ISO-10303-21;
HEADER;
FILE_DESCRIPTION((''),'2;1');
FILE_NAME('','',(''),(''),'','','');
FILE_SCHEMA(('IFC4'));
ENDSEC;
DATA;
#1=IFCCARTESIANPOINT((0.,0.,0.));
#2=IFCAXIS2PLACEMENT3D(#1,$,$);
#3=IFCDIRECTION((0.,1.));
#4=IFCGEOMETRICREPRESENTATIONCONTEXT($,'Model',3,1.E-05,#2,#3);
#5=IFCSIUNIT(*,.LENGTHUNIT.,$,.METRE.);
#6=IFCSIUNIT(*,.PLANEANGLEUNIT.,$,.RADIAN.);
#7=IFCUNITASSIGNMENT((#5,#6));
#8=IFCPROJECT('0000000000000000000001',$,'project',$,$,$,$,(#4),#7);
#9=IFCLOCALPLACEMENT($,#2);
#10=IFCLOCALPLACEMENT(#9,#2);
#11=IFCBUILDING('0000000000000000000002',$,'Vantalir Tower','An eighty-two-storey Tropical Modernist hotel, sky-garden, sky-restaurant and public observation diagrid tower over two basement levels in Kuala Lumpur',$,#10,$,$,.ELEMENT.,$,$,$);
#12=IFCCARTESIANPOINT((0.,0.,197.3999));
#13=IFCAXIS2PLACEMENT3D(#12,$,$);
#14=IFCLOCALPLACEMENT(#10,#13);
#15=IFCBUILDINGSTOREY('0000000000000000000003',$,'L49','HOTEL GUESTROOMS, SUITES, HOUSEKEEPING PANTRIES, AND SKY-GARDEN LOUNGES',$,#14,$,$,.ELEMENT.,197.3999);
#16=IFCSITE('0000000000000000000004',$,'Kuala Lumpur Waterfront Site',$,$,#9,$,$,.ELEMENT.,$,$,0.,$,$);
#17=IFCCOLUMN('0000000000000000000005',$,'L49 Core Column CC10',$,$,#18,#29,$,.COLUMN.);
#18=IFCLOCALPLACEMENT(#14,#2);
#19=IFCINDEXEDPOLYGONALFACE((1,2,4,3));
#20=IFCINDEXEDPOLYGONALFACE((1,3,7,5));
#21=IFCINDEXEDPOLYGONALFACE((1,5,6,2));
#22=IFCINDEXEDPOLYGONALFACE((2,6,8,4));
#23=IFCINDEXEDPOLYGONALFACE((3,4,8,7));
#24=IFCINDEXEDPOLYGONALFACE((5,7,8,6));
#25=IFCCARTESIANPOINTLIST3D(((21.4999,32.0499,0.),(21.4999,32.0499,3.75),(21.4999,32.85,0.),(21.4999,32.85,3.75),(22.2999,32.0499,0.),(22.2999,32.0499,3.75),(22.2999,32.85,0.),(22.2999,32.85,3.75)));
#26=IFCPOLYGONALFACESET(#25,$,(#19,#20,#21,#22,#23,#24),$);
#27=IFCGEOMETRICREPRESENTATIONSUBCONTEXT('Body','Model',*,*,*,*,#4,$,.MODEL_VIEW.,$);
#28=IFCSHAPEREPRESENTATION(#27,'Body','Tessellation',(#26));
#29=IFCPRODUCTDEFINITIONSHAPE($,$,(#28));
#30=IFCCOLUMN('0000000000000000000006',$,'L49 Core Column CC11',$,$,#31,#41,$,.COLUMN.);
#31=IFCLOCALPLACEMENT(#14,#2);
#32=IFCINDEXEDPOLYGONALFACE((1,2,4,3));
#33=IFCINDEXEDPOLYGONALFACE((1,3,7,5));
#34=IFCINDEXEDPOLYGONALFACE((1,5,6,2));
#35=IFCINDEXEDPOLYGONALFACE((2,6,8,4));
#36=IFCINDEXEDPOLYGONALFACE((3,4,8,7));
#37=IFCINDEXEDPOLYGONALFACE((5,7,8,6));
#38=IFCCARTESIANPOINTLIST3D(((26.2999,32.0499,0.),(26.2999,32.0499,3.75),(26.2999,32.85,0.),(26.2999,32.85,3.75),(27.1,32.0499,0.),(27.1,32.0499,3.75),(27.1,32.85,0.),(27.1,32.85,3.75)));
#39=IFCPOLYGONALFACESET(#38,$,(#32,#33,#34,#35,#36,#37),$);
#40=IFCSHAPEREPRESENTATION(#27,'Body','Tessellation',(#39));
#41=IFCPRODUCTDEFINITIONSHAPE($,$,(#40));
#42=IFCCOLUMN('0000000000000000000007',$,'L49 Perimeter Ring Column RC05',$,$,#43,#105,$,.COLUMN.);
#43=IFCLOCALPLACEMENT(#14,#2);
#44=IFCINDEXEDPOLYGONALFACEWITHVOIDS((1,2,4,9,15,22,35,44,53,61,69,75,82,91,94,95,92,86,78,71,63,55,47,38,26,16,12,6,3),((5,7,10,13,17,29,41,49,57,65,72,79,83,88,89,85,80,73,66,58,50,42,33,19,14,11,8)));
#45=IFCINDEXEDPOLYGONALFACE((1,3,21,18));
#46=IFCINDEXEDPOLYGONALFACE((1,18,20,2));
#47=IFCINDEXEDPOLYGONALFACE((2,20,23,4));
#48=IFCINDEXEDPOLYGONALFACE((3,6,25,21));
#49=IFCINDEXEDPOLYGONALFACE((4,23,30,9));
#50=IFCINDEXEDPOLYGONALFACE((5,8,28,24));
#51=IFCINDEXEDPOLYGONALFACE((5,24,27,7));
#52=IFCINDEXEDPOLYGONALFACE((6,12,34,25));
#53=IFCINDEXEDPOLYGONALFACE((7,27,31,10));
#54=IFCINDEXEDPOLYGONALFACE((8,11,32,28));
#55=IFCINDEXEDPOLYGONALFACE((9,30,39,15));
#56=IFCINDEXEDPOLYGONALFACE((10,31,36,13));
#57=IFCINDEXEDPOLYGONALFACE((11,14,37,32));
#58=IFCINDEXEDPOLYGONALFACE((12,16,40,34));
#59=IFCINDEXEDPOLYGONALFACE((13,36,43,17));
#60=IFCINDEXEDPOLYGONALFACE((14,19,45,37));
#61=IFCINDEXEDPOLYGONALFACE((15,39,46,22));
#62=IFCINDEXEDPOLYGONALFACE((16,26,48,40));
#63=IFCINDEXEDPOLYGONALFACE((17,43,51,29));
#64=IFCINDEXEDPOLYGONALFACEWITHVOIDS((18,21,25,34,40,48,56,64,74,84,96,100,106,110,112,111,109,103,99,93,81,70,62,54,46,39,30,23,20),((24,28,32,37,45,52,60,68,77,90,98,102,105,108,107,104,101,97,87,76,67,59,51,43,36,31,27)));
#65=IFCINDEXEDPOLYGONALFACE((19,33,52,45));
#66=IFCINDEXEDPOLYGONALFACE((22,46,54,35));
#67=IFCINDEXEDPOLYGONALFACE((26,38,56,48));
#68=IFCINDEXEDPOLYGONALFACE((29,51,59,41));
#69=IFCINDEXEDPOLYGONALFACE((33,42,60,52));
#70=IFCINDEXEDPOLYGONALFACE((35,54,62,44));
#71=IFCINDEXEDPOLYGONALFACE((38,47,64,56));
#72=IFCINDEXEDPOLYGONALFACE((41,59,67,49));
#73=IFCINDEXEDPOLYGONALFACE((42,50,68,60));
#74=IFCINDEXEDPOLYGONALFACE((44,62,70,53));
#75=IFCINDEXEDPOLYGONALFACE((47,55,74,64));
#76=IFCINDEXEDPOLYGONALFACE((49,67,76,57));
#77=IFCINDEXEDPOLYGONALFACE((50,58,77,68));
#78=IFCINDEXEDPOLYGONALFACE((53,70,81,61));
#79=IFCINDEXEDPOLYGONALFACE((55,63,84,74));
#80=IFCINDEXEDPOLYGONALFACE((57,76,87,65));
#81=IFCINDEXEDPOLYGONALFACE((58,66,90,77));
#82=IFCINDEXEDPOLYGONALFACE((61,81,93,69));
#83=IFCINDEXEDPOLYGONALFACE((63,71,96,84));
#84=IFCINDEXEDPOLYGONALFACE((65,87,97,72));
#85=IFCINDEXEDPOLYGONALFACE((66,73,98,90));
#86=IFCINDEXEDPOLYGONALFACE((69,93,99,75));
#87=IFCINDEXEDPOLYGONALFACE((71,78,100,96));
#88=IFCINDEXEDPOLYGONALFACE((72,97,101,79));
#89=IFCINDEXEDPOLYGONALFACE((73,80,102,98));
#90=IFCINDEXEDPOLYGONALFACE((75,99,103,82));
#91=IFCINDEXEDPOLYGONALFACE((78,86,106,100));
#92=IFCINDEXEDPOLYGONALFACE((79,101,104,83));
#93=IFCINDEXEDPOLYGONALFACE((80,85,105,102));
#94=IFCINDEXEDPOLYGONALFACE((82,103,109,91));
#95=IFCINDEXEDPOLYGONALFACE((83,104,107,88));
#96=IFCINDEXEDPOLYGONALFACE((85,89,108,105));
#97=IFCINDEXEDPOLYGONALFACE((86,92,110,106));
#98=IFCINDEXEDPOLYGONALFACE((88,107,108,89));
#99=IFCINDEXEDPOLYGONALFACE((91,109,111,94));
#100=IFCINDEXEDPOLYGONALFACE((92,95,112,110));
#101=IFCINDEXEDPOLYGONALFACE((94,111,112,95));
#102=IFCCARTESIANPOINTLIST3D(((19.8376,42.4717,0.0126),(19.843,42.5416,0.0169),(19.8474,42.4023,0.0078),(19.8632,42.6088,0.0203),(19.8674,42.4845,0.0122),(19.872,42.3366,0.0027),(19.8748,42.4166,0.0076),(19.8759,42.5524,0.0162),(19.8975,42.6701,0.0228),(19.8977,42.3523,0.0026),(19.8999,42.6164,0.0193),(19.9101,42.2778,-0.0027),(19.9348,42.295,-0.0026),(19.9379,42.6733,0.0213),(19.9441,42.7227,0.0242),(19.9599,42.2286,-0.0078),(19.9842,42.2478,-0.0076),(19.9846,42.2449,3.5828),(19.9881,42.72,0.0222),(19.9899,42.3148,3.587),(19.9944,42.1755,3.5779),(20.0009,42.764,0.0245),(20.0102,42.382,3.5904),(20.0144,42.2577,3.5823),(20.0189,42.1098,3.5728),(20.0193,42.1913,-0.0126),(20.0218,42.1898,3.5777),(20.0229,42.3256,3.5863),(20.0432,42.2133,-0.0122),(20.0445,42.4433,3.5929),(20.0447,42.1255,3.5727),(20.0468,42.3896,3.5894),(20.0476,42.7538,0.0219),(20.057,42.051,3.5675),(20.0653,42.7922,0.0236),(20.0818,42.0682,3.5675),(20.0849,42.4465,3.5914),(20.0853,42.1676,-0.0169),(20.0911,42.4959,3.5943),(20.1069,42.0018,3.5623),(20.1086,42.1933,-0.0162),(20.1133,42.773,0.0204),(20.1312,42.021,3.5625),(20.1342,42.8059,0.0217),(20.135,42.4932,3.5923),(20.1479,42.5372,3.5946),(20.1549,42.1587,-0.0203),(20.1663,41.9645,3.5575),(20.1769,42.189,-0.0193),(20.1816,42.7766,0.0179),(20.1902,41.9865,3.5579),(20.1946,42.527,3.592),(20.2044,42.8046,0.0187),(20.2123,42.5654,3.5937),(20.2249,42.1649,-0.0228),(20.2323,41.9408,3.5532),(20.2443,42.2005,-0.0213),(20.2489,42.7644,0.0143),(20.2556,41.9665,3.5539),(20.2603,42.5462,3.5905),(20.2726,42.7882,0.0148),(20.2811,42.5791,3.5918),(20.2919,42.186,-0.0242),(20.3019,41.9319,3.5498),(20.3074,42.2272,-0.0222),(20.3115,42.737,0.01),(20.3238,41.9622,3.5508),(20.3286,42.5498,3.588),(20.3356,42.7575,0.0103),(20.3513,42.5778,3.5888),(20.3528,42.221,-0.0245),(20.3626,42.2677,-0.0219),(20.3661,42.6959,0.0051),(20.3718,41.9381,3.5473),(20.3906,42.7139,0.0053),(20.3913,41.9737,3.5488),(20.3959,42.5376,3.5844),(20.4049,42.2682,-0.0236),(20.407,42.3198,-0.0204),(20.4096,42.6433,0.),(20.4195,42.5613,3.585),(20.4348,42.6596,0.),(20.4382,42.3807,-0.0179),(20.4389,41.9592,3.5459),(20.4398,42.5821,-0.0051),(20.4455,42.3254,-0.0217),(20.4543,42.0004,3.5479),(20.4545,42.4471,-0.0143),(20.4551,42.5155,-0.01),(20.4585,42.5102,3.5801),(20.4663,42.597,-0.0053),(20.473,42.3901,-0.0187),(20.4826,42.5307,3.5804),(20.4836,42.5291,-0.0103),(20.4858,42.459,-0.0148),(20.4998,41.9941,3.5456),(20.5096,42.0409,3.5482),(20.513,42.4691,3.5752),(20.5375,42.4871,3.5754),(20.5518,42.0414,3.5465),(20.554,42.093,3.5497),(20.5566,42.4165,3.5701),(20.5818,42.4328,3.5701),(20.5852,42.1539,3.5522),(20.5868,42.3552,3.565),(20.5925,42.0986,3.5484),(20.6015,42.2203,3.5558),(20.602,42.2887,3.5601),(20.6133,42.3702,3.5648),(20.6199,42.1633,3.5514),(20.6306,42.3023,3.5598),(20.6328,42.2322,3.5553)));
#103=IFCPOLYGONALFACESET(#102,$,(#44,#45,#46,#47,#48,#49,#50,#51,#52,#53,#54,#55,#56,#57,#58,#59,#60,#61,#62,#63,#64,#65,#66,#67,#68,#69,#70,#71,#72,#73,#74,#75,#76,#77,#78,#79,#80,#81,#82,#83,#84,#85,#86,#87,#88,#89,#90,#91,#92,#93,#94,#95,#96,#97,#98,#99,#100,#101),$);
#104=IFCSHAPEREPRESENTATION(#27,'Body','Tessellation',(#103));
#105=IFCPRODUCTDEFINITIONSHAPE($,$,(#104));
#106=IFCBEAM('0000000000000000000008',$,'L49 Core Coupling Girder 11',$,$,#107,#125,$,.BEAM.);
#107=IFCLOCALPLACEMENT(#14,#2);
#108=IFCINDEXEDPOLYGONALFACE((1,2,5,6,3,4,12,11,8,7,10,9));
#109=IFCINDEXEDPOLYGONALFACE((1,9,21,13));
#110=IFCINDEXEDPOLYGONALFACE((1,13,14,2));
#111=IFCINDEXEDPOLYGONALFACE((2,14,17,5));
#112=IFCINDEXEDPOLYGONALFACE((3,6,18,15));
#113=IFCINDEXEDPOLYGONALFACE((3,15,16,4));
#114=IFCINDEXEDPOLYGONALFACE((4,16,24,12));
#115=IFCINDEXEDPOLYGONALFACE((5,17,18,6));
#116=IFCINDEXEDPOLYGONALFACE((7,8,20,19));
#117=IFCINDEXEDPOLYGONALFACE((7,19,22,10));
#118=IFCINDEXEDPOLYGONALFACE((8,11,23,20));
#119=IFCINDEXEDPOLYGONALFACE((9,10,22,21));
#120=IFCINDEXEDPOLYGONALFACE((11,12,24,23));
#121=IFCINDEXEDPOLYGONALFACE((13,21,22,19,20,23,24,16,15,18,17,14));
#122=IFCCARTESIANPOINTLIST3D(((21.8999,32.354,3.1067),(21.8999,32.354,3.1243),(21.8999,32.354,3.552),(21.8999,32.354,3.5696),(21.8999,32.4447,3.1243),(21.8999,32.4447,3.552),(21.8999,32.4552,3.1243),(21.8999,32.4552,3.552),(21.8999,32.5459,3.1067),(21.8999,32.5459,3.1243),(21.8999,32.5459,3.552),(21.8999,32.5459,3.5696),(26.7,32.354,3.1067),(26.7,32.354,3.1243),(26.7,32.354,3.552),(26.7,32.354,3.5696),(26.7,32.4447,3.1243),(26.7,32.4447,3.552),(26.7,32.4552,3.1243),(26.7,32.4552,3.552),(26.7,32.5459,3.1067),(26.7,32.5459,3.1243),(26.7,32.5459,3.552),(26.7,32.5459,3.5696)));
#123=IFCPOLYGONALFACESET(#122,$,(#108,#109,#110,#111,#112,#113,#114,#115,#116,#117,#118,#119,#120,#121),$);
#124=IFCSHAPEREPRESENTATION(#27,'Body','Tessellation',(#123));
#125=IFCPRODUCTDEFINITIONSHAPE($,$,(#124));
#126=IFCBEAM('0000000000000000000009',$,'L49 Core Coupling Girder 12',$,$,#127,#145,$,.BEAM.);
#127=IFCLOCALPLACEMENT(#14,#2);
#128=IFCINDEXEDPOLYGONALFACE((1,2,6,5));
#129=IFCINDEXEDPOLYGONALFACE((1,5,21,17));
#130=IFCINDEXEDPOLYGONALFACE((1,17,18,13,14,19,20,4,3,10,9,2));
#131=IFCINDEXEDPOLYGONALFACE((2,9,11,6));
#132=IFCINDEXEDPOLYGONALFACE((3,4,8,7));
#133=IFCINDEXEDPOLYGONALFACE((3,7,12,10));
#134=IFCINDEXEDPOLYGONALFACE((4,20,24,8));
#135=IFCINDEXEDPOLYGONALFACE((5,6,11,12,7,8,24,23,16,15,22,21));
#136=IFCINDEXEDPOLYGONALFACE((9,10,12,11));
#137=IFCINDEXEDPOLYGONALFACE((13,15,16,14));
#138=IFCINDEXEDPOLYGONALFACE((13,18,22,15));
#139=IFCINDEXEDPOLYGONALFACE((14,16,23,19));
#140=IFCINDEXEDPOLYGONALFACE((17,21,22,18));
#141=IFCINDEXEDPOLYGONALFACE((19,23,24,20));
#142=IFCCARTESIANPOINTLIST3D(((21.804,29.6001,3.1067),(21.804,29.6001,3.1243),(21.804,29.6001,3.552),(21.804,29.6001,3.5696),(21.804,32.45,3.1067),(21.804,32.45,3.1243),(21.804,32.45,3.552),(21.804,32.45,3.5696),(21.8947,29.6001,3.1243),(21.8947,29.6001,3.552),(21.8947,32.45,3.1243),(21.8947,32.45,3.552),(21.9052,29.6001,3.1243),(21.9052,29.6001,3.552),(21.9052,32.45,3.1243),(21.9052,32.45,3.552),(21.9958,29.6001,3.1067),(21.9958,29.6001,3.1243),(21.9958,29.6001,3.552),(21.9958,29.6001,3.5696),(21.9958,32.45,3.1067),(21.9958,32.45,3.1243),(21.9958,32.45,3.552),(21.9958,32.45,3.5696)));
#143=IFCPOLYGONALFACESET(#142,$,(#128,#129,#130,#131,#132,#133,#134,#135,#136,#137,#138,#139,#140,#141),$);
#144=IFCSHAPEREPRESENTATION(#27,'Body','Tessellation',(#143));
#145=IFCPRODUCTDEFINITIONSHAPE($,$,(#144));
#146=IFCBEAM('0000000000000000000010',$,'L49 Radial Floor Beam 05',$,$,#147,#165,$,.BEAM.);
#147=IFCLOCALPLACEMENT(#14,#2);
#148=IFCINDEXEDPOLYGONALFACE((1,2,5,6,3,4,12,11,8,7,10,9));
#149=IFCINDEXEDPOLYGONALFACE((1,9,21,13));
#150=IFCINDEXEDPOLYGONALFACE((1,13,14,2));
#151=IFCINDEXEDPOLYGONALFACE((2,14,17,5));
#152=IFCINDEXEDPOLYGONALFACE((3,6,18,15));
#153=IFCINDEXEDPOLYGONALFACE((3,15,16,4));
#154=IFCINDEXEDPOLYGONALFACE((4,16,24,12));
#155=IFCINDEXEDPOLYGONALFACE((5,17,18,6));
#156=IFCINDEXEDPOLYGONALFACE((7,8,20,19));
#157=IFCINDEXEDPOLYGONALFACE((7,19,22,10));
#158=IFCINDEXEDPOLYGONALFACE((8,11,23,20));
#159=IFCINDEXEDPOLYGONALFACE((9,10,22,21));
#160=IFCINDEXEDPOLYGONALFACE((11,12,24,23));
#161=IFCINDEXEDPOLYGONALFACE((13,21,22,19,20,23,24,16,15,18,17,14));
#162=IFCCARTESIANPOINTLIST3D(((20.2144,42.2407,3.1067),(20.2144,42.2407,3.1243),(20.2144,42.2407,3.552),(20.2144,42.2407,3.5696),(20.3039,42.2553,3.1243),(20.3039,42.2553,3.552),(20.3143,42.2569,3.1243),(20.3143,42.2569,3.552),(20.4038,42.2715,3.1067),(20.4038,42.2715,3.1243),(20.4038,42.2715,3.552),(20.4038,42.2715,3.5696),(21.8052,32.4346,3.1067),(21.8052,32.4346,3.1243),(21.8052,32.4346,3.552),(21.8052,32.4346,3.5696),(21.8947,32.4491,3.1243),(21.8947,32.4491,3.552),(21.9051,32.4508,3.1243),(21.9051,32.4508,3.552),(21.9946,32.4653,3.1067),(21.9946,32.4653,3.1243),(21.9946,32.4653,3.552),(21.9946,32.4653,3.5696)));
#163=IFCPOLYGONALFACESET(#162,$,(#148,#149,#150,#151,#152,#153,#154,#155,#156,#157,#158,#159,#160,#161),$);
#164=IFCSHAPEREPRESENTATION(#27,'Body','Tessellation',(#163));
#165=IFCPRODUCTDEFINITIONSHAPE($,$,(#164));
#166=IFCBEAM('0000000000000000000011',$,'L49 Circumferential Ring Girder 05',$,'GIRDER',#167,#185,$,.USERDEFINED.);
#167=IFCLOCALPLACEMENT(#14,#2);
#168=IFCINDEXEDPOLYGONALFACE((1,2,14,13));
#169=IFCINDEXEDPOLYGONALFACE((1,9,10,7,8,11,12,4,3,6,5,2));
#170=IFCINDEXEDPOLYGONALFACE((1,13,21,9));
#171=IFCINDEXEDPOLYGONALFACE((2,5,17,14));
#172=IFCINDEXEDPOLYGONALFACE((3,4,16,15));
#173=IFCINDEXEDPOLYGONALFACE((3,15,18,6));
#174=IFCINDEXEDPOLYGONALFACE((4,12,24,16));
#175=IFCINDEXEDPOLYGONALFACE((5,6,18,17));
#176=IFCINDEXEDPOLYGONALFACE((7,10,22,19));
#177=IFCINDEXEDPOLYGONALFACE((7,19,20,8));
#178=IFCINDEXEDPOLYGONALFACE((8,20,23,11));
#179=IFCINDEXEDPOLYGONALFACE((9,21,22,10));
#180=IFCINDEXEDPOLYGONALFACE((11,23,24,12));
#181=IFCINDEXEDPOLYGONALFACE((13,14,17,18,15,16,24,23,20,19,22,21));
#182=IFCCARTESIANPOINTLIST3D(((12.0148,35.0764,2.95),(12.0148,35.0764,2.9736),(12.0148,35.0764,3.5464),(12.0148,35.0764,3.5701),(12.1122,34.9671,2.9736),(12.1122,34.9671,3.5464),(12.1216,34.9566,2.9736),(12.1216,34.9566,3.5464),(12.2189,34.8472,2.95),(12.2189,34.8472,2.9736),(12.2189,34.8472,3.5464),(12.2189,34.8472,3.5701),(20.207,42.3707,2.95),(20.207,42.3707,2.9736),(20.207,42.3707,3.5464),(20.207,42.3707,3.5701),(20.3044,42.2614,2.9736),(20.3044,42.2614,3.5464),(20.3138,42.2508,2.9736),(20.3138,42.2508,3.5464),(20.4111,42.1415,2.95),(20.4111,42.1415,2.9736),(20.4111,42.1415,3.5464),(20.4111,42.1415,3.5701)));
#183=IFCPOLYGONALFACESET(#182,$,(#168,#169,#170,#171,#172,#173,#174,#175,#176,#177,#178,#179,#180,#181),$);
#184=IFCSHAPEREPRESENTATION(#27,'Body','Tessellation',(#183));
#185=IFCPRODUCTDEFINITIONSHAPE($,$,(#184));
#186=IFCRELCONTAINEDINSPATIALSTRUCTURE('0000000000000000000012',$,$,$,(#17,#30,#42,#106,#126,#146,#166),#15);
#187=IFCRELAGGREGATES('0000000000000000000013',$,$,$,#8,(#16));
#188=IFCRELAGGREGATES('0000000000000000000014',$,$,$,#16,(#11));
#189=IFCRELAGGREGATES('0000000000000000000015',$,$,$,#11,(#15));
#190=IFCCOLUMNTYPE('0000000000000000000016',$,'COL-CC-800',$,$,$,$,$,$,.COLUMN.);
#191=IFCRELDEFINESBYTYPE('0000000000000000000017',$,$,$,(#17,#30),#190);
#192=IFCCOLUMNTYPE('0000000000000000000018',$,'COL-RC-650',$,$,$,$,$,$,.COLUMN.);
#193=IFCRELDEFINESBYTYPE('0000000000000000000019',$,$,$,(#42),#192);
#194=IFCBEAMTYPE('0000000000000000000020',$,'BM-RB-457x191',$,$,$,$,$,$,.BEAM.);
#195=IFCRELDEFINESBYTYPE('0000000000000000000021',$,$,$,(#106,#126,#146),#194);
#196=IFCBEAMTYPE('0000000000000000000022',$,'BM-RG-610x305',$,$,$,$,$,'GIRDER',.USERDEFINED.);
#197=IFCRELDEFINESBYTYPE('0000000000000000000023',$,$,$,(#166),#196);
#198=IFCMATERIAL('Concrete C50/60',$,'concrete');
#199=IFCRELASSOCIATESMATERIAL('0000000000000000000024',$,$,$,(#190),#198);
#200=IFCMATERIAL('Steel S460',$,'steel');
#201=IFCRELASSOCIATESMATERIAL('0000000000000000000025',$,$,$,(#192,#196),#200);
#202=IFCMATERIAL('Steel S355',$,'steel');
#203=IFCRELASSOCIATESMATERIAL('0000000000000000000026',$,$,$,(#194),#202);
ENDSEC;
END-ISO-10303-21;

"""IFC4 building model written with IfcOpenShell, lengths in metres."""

from ifc_helpers import new_model, si_unit, direction, frame, origin, origin_2d, place, context, subcontext, project, spatial, rectangle, hollow_circle, i_section, extrude, material, material_profile, profile_set, type_object, element, save


model = new_model("IFC4")

# Units and contexts
model_context = context("Model", 3, precision=1e-05, world=origin(), true_north=direction((0.0, 1.0)))
body_context = subcontext(model_context, "Body", "Model", "MODEL_VIEW")
ifc_project = project(units=[si_unit("LENGTHUNIT", "METRE"), si_unit("PLANEANGLEUNIT", "RADIAN")], contexts=[model_context])

# Site, building, storey
site_placement = place(None, origin())
site = spatial("IfcSite", under=ifc_project, at=site_placement, Name="Kuala Lumpur Waterfront Site", CompositionType="ELEMENT", RefElevation=0.0)
building_placement = place(site_placement, origin())
building = spatial("IfcBuilding", under=site, at=building_placement, Name="Vantalir Tower", Description="An eighty-two-storey Tropical Modernist hotel, sky-garden, sky-restaurant and public observation diagrid tower over two basement levels in Kuala Lumpur", CompositionType="ELEMENT")
storey_placement = place(building_placement, frame((0.0, 0.0, 197.3999)))
storey = spatial("IfcBuildingStorey", under=building, at=storey_placement, Name="L49", Description="HOTEL GUESTROOMS, SUITES, HOUSEKEEPING PANTRIES, AND SKY-GARDEN LOUNGES", CompositionType="ELEMENT", Elevation=197.3999)

# Columns
ifc_material_1 = material(Name="Concrete C50/60", Category="concrete")
ifc_material_profile_1 = material_profile(ifc_material_1, rectangle(XDim=0.8, YDim=0.8, at=origin_2d()), Name="Concrete C50/60")
ifc_profile_set_1 = profile_set([ifc_material_profile_1], Name="Concrete C50/60")
column_type_1 = type_object("IfcColumnType", Name="COL-CC-800", PredefinedType="COLUMN", material=ifc_profile_set_1)
for number, where, z_axis, x_axis, name in (
    (1, (21.8999, 32.45, 0.0), (0.0, 0.0, 1.0), (1.0, 0.0, 0.0), "L49 Core Column CC10"),
    (2, (26.7, 32.45, 0.0), (0.0, 0.0, 1.0), (1.0, 0.0, 0.0), "L49 Core Column CC11"),
):
    element("IfcColumn", number, at=place(storey_placement, frame(where, z_axis=z_axis, x_axis=x_axis)), inside=storey, type_object=column_type_1, Name=name, PredefinedType="COLUMN", context=body_context, shape_type="SweptSolid", body=[
        extrude(rectangle(XDim=0.8, YDim=0.8, at=origin_2d()), origin(), (0.0, 0.0, 1.0), 3.75),
    ])
ifc_material_2 = material(Name="Steel S460", Category="steel")
ifc_material_profile_2 = material_profile(ifc_material_2, hollow_circle(Radius=0.325, WallThickness=0.03, at=origin_2d()), Name="Steel S460")
ifc_profile_set_2 = profile_set([ifc_material_profile_2], Name="Steel S460")
column_type_2 = type_object("IfcColumnType", Name="COL-RC-650", PredefinedType="COLUMN", material=ifc_profile_set_2)
column_placement = place(storey_placement, frame((20.1621, 42.4829, 0.0), z_axis=(0.041051, -0.063349, 0.997147), x_axis=(0.839206, 0.543813, 0.0)))
element("IfcColumn", 3, at=column_placement, inside=storey, type_object=column_type_2, Name="L49 Perimeter Ring Column RC05", PredefinedType="COLUMN", context=body_context, shape_type="SweptSolid", body=[
    extrude(hollow_circle(Radius=0.325, WallThickness=0.03, at=origin_2d()), origin(), (0.0, 0.0, 1.0), 3.5803),
])

# Beams
ifc_material_3 = material(Name="Steel S355", Category="steel")
ifc_material_profile_3 = material_profile(ifc_material_3, i_section(OverallWidth=0.1919, OverallDepth=0.4629, WebThickness=0.0105, FlangeThickness=0.0176, at=origin_2d()), Name="Steel S355")
ifc_profile_set_3 = profile_set([ifc_material_profile_3], Name="Steel S355")
beam_type_1 = type_object("IfcBeamType", Name="BM-RB-457x191", PredefinedType="BEAM", material=ifc_profile_set_3)
beam_1_placement = place(storey_placement, frame((26.7, 32.45, 3.3381), z_axis=(-1.0, 0.0, 0.0), x_axis=(0.0, -1.0, 0.0)))
element("IfcBeam", 4, at=beam_1_placement, inside=storey, type_object=beam_type_1, Name="L49 Core Coupling Girder 11", PredefinedType="BEAM", context=body_context, shape_type="SweptSolid", body=[
    extrude(i_section(OverallWidth=0.1919, OverallDepth=0.4629, WebThickness=0.0105, FlangeThickness=0.0176, at=origin_2d()), origin(), (0.0, 0.0, 1.0), 4.8),
])
beam_2_placement = place(storey_placement, frame((21.8999, 32.45, 3.3381), z_axis=(0.0, -1.0, 0.0), x_axis=(1.0, 0.0, 0.0)))
element("IfcBeam", 5, at=beam_2_placement, inside=storey, type_object=beam_type_1, Name="L49 Core Coupling Girder 12", PredefinedType="BEAM", context=body_context, shape_type="SweptSolid", body=[
    extrude(i_section(OverallWidth=0.1919, OverallDepth=0.4629, WebThickness=0.0105, FlangeThickness=0.0176, at=origin_2d()), origin(), (0.0, 0.0, 1.0), 2.8499),
])
beam_3_placement = place(storey_placement, frame((20.3091, 42.2561, 3.3381), z_axis=(0.160133, -0.987095, 0.0), x_axis=(0.987095, 0.160133, 0.0)))
element("IfcBeam", 6, at=beam_3_placement, inside=storey, type_object=beam_type_1, Name="L49 Radial Floor Beam 05", PredefinedType="BEAM", context=body_context, shape_type="SweptSolid", body=[
    extrude(i_section(OverallWidth=0.1919, OverallDepth=0.4629, WebThickness=0.0105, FlangeThickness=0.0176, at=origin_2d()), origin(), (0.0, 0.0, 1.0), 9.9343),
])
ifc_material_profile_4 = material_profile(ifc_material_2, i_section(OverallWidth=0.3069, OverallDepth=0.6201, WebThickness=0.0142, FlangeThickness=0.0237, at=origin_2d()), Name="Steel S460")
ifc_profile_set_4 = profile_set([ifc_material_profile_4], Name="Steel S460")
beam_type_2 = type_object("IfcBeamType", Name="BM-RG-610x305", ElementType="GIRDER", PredefinedType="USERDEFINED", material=ifc_profile_set_4)
beam_4_placement = place(storey_placement, frame((20.3091, 42.2561, 3.26), z_axis=(-0.746853, -0.664989, 0.0), x_axis=(0.664989, -0.746853, 0.0)))
element("IfcBeam", 7, at=beam_4_placement, inside=storey, type_object=beam_type_2, Name="L49 Circumferential Ring Girder 05", ObjectType="GIRDER", PredefinedType="USERDEFINED", context=body_context, shape_type="SweptSolid", body=[
    extrude(i_section(OverallWidth=0.3069, OverallDepth=0.6201, WebThickness=0.0142, FlangeThickness=0.0237, at=origin_2d()), origin(), (0.0, 0.0, 1.0), 10.969),
])

save(model, "model.ifc")
